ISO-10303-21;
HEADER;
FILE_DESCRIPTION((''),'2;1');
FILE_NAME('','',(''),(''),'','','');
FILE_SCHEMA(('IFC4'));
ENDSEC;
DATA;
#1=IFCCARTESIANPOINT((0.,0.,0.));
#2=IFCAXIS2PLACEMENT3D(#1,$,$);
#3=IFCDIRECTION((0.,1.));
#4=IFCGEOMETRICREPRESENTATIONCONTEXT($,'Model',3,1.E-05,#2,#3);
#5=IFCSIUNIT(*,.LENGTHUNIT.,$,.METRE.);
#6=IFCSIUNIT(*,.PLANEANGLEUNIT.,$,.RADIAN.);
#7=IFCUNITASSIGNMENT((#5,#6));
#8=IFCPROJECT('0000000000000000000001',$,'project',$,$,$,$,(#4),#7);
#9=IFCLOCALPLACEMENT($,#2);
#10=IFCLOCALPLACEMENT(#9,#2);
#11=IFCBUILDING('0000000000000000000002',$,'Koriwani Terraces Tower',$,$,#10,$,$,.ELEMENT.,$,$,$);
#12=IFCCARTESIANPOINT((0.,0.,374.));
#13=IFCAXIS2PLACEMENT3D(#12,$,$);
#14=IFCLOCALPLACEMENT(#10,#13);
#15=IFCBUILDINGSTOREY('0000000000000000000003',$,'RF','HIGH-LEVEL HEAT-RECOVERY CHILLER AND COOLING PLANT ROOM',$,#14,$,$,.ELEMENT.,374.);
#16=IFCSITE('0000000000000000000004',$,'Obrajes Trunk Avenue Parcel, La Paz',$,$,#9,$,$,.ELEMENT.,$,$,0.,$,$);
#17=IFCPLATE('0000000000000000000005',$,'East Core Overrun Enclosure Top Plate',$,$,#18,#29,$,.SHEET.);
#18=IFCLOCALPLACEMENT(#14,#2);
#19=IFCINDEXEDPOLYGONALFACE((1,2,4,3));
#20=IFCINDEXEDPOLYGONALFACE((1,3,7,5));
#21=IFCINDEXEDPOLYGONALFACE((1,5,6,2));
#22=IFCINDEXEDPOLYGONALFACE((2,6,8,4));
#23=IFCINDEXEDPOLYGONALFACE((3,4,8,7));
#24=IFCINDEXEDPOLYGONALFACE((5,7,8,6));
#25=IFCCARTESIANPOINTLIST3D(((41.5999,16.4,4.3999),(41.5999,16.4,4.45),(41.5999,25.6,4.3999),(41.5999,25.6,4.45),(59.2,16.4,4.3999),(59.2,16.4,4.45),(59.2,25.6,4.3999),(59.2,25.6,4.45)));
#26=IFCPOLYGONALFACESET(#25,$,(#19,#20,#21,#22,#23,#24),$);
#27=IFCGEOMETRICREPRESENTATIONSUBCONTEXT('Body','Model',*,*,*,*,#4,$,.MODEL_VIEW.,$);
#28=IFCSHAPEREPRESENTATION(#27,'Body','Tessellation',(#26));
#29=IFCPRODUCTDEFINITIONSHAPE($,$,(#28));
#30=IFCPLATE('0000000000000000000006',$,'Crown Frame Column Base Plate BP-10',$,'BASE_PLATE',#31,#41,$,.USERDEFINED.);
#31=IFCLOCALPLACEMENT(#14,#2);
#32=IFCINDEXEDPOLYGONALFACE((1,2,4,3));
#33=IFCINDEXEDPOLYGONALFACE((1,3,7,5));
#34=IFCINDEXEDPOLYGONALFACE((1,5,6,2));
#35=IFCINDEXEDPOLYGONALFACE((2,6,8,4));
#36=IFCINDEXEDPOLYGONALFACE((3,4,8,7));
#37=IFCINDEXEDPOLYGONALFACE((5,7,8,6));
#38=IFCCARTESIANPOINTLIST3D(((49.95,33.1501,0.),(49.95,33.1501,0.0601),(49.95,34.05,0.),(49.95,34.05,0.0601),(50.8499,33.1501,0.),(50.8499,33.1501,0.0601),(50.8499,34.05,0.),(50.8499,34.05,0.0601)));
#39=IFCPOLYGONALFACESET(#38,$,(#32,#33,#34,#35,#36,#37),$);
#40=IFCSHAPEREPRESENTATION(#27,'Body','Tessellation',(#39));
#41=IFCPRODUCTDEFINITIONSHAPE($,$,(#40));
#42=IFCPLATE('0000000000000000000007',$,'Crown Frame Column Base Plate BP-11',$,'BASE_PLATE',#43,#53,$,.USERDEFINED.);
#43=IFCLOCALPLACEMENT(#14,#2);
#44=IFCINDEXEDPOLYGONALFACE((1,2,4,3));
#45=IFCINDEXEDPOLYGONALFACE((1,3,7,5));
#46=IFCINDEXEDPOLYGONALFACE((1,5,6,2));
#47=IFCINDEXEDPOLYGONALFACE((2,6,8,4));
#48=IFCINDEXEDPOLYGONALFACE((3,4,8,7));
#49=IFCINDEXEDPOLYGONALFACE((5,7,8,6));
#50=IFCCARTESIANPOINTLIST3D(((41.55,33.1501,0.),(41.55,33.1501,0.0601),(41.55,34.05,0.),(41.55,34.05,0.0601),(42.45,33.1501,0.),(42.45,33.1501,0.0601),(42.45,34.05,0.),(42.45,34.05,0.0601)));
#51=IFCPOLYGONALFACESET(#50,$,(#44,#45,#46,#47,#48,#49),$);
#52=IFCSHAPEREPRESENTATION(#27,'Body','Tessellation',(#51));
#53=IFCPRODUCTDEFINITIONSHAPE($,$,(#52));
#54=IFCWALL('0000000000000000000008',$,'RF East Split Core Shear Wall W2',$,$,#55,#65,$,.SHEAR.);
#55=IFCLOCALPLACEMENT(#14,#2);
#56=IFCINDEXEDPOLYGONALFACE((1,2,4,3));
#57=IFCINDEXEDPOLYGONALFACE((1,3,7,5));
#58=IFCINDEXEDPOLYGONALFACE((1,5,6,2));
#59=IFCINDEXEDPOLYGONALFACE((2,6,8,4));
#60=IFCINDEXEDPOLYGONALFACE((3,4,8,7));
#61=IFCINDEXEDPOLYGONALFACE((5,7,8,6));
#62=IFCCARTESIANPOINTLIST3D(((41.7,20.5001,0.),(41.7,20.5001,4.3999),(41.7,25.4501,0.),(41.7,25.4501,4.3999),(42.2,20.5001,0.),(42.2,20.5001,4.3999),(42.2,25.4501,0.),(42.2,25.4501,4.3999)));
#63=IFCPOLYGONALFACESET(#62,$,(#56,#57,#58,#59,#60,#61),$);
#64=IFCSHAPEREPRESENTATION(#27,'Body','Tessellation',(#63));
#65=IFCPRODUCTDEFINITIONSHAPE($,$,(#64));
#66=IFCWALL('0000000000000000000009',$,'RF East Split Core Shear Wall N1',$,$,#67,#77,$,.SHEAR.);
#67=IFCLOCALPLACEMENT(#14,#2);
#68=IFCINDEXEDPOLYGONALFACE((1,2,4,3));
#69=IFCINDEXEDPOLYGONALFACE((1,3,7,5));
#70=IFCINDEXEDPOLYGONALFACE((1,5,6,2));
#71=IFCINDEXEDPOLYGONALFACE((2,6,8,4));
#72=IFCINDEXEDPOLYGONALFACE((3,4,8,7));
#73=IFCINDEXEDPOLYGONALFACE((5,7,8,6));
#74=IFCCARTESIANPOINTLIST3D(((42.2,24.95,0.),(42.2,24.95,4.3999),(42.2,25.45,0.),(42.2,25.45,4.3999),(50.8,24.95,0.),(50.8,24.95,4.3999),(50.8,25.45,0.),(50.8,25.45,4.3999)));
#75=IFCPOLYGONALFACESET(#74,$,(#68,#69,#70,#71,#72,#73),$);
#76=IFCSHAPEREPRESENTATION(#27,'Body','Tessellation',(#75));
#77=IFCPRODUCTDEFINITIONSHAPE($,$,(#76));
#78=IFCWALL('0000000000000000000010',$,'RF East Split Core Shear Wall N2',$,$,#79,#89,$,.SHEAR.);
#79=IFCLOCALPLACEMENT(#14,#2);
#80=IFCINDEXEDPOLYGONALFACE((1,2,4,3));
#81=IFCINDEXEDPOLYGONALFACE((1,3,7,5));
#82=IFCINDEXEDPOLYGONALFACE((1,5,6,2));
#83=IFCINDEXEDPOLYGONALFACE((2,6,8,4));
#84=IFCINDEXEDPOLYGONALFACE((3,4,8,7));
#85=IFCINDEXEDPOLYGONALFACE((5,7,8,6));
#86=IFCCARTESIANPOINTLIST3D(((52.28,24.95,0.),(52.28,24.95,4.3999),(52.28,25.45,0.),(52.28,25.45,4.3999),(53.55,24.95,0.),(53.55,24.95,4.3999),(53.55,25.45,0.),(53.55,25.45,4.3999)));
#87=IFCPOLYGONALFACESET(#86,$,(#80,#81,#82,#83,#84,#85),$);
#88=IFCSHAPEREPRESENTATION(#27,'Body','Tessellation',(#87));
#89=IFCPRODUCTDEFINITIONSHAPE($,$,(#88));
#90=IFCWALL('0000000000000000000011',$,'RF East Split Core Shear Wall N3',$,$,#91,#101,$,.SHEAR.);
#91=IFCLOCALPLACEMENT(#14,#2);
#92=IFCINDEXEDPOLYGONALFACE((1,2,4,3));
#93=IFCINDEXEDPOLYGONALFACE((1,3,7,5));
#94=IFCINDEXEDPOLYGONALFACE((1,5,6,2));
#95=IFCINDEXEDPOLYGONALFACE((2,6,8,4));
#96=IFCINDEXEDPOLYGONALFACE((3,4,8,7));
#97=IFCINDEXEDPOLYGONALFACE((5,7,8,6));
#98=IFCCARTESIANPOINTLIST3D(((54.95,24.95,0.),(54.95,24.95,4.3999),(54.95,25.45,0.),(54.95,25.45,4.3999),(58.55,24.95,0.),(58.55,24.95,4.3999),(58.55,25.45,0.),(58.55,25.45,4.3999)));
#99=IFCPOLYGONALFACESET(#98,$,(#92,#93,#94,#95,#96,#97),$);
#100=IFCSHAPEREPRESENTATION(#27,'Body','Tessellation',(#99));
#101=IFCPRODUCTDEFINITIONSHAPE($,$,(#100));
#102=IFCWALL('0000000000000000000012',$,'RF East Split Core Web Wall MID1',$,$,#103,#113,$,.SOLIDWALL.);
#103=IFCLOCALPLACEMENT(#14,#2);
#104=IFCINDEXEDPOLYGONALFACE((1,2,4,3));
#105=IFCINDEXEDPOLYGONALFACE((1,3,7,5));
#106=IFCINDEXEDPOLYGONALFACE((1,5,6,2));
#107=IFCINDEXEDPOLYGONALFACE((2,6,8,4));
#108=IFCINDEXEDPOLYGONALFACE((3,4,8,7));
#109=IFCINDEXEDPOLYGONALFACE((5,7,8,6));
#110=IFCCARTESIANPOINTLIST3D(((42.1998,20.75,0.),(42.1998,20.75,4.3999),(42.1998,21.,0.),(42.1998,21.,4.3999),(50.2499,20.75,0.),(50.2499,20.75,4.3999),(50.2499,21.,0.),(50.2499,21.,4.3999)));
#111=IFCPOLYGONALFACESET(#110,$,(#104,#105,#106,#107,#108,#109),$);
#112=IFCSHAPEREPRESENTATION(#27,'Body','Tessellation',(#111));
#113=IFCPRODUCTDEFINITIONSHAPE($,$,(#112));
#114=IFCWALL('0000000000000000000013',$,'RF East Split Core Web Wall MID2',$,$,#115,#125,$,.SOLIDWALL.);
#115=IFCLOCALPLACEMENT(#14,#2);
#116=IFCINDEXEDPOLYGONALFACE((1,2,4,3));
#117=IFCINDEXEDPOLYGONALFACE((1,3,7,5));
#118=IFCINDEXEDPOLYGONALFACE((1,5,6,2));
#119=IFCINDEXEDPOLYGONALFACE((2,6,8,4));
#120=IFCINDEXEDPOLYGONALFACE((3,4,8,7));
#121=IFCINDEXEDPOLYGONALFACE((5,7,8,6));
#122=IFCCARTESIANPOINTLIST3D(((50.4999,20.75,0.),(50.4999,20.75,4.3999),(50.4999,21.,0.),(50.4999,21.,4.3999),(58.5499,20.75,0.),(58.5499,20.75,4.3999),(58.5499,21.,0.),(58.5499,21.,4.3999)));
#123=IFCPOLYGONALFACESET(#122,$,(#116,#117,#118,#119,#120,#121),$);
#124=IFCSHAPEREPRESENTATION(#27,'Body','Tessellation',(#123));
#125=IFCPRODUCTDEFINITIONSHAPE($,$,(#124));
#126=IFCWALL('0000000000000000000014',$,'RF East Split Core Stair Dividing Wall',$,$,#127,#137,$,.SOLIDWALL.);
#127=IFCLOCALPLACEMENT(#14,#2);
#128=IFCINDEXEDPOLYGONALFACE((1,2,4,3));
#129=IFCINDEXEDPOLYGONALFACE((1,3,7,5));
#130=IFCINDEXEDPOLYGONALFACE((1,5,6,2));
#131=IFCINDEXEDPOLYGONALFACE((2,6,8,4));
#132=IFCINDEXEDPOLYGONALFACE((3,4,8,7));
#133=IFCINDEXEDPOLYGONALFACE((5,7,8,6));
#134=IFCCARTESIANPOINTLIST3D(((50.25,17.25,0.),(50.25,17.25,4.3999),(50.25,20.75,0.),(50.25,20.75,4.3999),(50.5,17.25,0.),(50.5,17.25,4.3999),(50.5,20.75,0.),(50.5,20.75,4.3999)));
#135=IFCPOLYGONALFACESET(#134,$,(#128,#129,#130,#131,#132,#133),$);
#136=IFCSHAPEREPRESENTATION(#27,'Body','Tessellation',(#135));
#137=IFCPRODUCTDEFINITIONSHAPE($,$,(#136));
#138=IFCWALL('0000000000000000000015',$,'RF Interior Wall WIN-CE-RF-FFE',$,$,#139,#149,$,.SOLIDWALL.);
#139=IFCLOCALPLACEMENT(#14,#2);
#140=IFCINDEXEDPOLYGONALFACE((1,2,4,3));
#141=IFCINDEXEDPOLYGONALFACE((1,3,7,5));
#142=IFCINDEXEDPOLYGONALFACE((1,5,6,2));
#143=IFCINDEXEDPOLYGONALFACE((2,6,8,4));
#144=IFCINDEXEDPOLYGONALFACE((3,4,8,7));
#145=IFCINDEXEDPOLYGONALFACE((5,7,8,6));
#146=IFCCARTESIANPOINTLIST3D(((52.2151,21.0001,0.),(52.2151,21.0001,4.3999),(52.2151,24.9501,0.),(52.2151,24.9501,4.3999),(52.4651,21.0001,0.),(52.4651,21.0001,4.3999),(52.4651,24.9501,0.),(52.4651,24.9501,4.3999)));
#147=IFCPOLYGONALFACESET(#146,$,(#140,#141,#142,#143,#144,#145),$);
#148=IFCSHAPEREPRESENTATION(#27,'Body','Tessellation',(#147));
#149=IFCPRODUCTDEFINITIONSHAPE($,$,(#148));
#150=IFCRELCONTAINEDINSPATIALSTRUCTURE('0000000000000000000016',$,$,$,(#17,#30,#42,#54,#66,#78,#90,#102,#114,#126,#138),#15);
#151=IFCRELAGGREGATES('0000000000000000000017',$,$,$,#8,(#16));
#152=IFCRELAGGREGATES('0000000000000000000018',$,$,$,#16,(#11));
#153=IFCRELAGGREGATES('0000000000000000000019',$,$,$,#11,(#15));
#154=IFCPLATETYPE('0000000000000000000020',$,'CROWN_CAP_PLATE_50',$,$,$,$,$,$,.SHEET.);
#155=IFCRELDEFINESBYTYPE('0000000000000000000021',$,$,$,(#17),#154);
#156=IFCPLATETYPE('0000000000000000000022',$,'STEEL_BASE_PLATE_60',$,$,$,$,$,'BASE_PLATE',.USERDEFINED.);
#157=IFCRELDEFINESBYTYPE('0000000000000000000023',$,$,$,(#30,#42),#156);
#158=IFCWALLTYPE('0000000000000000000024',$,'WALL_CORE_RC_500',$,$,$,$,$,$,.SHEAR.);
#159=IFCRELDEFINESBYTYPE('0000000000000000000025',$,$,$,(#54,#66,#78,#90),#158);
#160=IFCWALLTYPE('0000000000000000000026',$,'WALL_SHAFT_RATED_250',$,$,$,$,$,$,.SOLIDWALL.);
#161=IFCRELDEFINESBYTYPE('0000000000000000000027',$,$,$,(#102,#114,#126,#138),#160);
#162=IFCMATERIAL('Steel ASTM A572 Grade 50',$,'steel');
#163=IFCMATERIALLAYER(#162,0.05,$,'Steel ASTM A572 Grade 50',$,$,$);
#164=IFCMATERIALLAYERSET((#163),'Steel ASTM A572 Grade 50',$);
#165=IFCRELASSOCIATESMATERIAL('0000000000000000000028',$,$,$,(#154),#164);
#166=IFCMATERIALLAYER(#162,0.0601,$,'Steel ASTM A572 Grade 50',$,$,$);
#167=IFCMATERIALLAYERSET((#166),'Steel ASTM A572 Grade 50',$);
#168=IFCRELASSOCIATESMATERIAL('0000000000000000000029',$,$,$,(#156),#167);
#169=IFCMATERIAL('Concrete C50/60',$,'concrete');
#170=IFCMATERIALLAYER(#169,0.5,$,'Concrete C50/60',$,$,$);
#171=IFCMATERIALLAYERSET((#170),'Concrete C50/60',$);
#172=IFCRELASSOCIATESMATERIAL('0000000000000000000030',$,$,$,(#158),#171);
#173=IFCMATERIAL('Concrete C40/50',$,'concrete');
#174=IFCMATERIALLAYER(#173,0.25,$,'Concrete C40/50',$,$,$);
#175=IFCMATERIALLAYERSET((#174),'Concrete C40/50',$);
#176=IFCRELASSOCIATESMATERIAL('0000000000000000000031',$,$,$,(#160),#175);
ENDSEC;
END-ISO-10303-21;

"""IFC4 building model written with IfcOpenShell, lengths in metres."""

from ifc_helpers import new_model, si_unit, direction, frame, frame_2d, origin, origin_2d, place, context, subcontext, project, spatial, rectangle, extrude, material, layer, layer_set, type_object, element, save


model = new_model("IFC4")

# Units and contexts
model_context = context("Model", 3, precision=1e-05, world=origin(), true_north=direction((0.0, 1.0)))
body_context = subcontext(model_context, "Body", "Model", "MODEL_VIEW")
ifc_project = project(units=[si_unit("LENGTHUNIT", "METRE"), si_unit("PLANEANGLEUNIT", "RADIAN")], contexts=[model_context])

# Site, building, storey
site_placement = place(None, origin())
site = spatial("IfcSite", under=ifc_project, at=site_placement, Name="Obrajes Trunk Avenue Parcel, La Paz", CompositionType="ELEMENT", RefElevation=0.0)
building_placement = place(site_placement, origin())
building = spatial("IfcBuilding", under=site, at=building_placement, Name="Koriwani Terraces Tower", CompositionType="ELEMENT")
storey_placement = place(building_placement, frame((0.0, 0.0, 374.0)))
storey = spatial("IfcBuildingStorey", under=building, at=storey_placement, Name="RF", Description="HIGH-LEVEL HEAT-RECOVERY CHILLER AND COOLING PLANT ROOM", CompositionType="ELEMENT", Elevation=374.0)

# Shared definitions
ifc_material_1 = material(Name="Steel ASTM A572 Grade 50", Category="steel")

# Shared definitions
ifc_material_2 = material(Name="Concrete C50/60", Category="concrete")
ifc_material_3 = material(Name="Concrete C40/50", Category="concrete")

# Plates
ifc_layer_1 = layer(ifc_material_1, 0.05, Name="Steel ASTM A572 Grade 50")
ifc_layer_set_1 = layer_set([ifc_layer_1], Name="Steel ASTM A572 Grade 50")
plate_type_1 = type_object("IfcPlateType", Name="CROWN_CAP_PLATE_50", PredefinedType="SHEET", material=ifc_layer_set_1)
plate_placement = place(storey_placement, frame((50.3999, 21.0, 4.3999), z_axis=(0.0, 0.0, 1.0), x_axis=(1.0, 0.0, 0.0)))
element("IfcPlate", 1, at=plate_placement, inside=storey, type_object=plate_type_1, Name="East Core Overrun Enclosure Top Plate", PredefinedType="SHEET", context=body_context, shape_type="SweptSolid", body=[
    extrude(rectangle(XDim=17.6001, YDim=9.2, at=origin_2d()), origin(), (0.0, 0.0, 1.0), 0.05),
])
ifc_layer_2 = layer(ifc_material_1, 0.0601, Name="Steel ASTM A572 Grade 50")
ifc_layer_set_2 = layer_set([ifc_layer_2], Name="Steel ASTM A572 Grade 50")
plate_type_2 = type_object("IfcPlateType", Name="STEEL_BASE_PLATE_60", ElementType="BASE_PLATE", PredefinedType="USERDEFINED", material=ifc_layer_set_2)
for number, where, z_axis, x_axis, name in (
    (2, (50.3999, 33.6001, 0.0), (0.0, 0.0, 1.0), (1.0, 0.0, 0.0), "Crown Frame Column Base Plate BP-10"),
    (3, (42.0, 33.6001, 0.0), (0.0, 0.0, 1.0), (1.0, 0.0, 0.0), "Crown Frame Column Base Plate BP-11"),
):
    element("IfcPlate", number, at=place(storey_placement, frame(where, z_axis=z_axis, x_axis=x_axis)), inside=storey, type_object=plate_type_2, Name=name, ObjectType="BASE_PLATE", PredefinedType="USERDEFINED", context=body_context, shape_type="SweptSolid", body=[
        extrude(rectangle(XDim=0.8999, YDim=0.8999, at=origin_2d()), origin(), (0.0, 0.0, 1.0), 0.0601),
    ])

# Walls
ifc_layer_3 = layer(ifc_material_2, 0.5, Name="Concrete C50/60")
ifc_layer_set_3 = layer_set([ifc_layer_3], Name="Concrete C50/60")
wall_type_1 = type_object("IfcWallType", Name="WALL_CORE_RC_500", PredefinedType="SHEAR", material=ifc_layer_set_3)
wall_1_placement = place(storey_placement, frame((41.95, 20.5, 0.0), z_axis=(0.0, 0.0, 1.0), x_axis=(0.0, 1.0, 0.0)))
element("IfcWall", 4, at=wall_1_placement, inside=storey, type_object=wall_type_1, Name="RF East Split Core Shear Wall W2", PredefinedType="SHEAR", context=body_context, shape_type="SweptSolid", body=[
    extrude(rectangle(XDim=4.95, YDim=0.5, at=frame_2d((2.4751, 0.0))), origin(), (0.0, 0.0, 1.0), 4.3999),
])
wall_2_placement = place(storey_placement, frame((42.2, 25.2, 0.0), z_axis=(0.0, 0.0, 1.0), x_axis=(1.0, 0.0, 0.0)))
element("IfcWall", 5, at=wall_2_placement, inside=storey, type_object=wall_type_1, Name="RF East Split Core Shear Wall N1", PredefinedType="SHEAR", context=body_context, shape_type="SweptSolid", body=[
    extrude(rectangle(XDim=8.6001, YDim=0.5, at=frame_2d((4.3, 0.0))), origin(), (0.0, 0.0, 1.0), 4.3999),
])
wall_3_placement = place(storey_placement, frame((52.28, 25.2, 0.0), z_axis=(0.0, 0.0, 1.0), x_axis=(1.0, 0.0, 0.0)))
element("IfcWall", 6, at=wall_3_placement, inside=storey, type_object=wall_type_1, Name="RF East Split Core Shear Wall N2", PredefinedType="SHEAR", context=body_context, shape_type="SweptSolid", body=[
    extrude(rectangle(XDim=1.27, YDim=0.5, at=frame_2d((0.635, 0.0))), origin(), (0.0, 0.0, 1.0), 4.3999),
])
wall_4_placement = place(storey_placement, frame((54.95, 25.2, 0.0), z_axis=(0.0, 0.0, 1.0), x_axis=(1.0, 0.0, 0.0)))
element("IfcWall", 7, at=wall_4_placement, inside=storey, type_object=wall_type_1, Name="RF East Split Core Shear Wall N3", PredefinedType="SHEAR", context=body_context, shape_type="SweptSolid", body=[
    extrude(rectangle(XDim=3.6001, YDim=0.5, at=frame_2d((1.8, 0.0))), origin(), (0.0, 0.0, 1.0), 4.3999),
])
ifc_layer_4 = layer(ifc_material_3, 0.25, Name="Concrete C40/50")
ifc_layer_set_4 = layer_set([ifc_layer_4], Name="Concrete C40/50")
wall_type_2 = type_object("IfcWallType", Name="WALL_SHAFT_RATED_250", PredefinedType="SOLIDWALL", material=ifc_layer_set_4)
for number, where, z_axis, x_axis, name in (
    (8, (42.2, 20.875, 0.0), (0.0, 0.0, 1.0), (1.0, 0.0, 0.0), "RF East Split Core Web Wall MID1"),
    (9, (50.5, 20.875, 0.0), (0.0, 0.0, 1.0), (1.0, 0.0, 0.0), "RF East Split Core Web Wall MID2"),
):
    element("IfcWall", number, at=place(storey_placement, frame(where, z_axis=z_axis, x_axis=x_axis)), inside=storey, type_object=wall_type_2, Name=name, PredefinedType="SOLIDWALL", context=body_context, shape_type="SweptSolid", body=[
        extrude(rectangle(XDim=8.05, YDim=0.25, at=frame_2d((4.0249, 0.0))), origin(), (0.0, 0.0, 1.0), 4.3999),
    ])
wall_5_placement = place(storey_placement, frame((50.375, 17.25, 0.0), z_axis=(0.0, 0.0, 1.0), x_axis=(0.0, 1.0, 0.0)))
element("IfcWall", 10, at=wall_5_placement, inside=storey, type_object=wall_type_2, Name="RF East Split Core Stair Dividing Wall", PredefinedType="SOLIDWALL", context=body_context, shape_type="SweptSolid", body=[
    extrude(rectangle(XDim=3.5, YDim=0.25, at=frame_2d((1.75, 0.0))), origin(), (0.0, 0.0, 1.0), 4.3999),
])

# Wall
wall_6_placement = place(storey_placement, frame((52.3401, 21.0, 0.0), z_axis=(0.0, 0.0, 1.0), x_axis=(0.0, 1.0, 0.0)))
element("IfcWall", 11, at=wall_6_placement, inside=storey, type_object=wall_type_2, Name="RF Interior Wall WIN-CE-RF-FFE", PredefinedType="SOLIDWALL", context=body_context, shape_type="SweptSolid", body=[
    extrude(rectangle(XDim=3.95, YDim=0.25, at=frame_2d((1.9751, 0.0))), origin(), (0.0, 0.0, 1.0), 4.3999),
])

save(model, "model.ifc")
